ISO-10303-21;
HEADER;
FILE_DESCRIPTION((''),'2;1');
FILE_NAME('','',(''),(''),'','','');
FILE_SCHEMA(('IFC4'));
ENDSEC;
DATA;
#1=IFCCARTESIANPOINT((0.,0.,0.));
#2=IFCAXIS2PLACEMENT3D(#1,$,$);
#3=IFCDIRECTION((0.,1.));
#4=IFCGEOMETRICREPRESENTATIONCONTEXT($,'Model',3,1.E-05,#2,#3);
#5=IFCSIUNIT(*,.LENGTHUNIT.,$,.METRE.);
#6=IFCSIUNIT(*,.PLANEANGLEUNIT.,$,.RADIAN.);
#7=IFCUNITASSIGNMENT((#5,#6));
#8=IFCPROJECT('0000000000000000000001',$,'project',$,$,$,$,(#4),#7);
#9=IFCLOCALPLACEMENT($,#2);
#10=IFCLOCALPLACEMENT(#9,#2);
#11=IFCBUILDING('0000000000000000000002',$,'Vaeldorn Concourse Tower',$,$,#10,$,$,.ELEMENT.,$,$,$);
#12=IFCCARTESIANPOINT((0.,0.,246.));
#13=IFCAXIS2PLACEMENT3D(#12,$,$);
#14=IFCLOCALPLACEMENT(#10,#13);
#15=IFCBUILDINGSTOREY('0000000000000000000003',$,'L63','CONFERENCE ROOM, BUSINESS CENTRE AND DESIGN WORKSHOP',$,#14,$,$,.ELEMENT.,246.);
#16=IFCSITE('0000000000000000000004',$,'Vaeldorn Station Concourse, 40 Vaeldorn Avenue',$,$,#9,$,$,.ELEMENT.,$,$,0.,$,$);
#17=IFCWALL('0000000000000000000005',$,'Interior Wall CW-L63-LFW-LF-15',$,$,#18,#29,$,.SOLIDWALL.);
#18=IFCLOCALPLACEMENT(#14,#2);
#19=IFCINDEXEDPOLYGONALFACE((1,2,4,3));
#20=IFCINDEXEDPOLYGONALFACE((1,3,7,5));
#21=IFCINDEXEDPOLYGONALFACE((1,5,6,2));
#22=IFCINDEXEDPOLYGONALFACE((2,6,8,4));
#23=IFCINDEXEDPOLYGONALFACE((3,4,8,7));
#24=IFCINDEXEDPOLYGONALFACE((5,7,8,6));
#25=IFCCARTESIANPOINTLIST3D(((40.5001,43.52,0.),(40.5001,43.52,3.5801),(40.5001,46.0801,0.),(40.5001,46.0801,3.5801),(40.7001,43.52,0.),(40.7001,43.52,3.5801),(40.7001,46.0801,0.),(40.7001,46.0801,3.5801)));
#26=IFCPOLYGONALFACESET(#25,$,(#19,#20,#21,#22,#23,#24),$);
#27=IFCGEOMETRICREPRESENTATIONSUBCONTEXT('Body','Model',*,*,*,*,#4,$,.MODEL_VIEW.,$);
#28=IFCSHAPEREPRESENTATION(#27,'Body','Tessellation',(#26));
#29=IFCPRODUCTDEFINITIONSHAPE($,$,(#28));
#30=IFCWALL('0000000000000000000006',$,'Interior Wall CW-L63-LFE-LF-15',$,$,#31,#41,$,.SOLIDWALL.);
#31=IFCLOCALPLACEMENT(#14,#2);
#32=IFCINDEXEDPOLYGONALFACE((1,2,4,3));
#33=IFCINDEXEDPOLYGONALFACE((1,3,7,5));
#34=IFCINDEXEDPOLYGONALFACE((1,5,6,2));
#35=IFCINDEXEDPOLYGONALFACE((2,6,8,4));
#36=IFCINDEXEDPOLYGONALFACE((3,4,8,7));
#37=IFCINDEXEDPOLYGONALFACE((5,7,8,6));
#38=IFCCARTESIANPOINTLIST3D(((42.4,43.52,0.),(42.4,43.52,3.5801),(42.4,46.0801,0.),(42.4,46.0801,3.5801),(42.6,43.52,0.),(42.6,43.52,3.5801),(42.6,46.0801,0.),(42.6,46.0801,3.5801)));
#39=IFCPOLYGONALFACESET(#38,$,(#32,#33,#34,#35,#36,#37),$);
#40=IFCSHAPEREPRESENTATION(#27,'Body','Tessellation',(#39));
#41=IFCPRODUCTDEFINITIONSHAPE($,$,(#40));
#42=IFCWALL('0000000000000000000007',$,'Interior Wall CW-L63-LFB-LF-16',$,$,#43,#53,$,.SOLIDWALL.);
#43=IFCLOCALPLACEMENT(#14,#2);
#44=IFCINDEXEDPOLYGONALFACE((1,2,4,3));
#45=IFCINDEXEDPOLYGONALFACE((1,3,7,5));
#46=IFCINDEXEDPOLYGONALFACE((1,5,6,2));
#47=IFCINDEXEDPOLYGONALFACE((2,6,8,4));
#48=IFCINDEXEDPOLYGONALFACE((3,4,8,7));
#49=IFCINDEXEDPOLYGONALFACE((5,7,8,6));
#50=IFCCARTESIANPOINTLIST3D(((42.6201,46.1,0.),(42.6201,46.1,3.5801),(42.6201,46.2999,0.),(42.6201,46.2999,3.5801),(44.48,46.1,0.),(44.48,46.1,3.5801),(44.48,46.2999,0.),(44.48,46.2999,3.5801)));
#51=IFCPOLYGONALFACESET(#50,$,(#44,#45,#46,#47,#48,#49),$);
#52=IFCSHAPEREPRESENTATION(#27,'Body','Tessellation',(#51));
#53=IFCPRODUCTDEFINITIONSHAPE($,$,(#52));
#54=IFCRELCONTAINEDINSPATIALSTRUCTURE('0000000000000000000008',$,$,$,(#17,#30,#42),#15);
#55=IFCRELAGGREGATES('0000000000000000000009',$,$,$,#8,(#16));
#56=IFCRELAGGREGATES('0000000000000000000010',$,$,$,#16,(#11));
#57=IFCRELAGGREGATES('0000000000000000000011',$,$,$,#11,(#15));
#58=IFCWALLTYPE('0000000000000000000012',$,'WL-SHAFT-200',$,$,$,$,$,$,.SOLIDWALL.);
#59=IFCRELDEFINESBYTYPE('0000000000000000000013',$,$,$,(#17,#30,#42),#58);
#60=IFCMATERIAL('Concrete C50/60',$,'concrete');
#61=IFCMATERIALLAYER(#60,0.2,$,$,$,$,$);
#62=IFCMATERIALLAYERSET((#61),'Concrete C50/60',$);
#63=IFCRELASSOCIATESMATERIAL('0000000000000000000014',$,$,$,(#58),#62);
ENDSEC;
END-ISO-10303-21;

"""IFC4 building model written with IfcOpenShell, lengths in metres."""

from ifc_helpers import new_model, si_unit, direction, frame, frame_2d, origin, place, context, subcontext, project, spatial, rectangle, extrude, material, layer, layer_set, type_object, element, save


model = new_model("IFC4")

# Units and contexts
model_context = context("Model", 3, precision=1e-05, world=origin(), true_north=direction((0.0, 1.0)))
body_context = subcontext(model_context, "Body", "Model", "MODEL_VIEW")
ifc_project = project(units=[si_unit("LENGTHUNIT", "METRE"), si_unit("PLANEANGLEUNIT", "RADIAN")], contexts=[model_context])

# Site, building, storey
site_placement = place(None, origin())
site = spatial("IfcSite", under=ifc_project, at=site_placement, Name="Vaeldorn Station Concourse, 40 Vaeldorn Avenue", CompositionType="ELEMENT", RefElevation=0.0)
building_placement = place(site_placement, origin())
building = spatial("IfcBuilding", under=site, at=building_placement, Name="Vaeldorn Concourse Tower", CompositionType="ELEMENT")
storey_placement = place(building_placement, frame((0.0, 0.0, 246.0)))
storey = spatial("IfcBuildingStorey", under=building, at=storey_placement, Name="L63", Description="CONFERENCE ROOM, BUSINESS CENTRE AND DESIGN WORKSHOP", CompositionType="ELEMENT", Elevation=246.0)

# Shared definitions
ifc_material_1 = material(Name="Concrete C50/60", Category="concrete")

# Shared definitions
ifc_layer_1 = layer(ifc_material_1, 0.2)
ifc_layer_set_1 = layer_set([ifc_layer_1], Name="Concrete C50/60")
wall_type_1 = type_object("IfcWallType", Name="WL-SHAFT-200", PredefinedType="SOLIDWALL", material=ifc_layer_set_1)

# Walls
for number, where, z_axis, x_axis, name in (
    (1, (40.6001, 43.52, 0.0), (0.0, 0.0, 1.0), (0.0, 1.0, 0.0), "Interior Wall CW-L63-LFW-LF-15"),
    (2, (42.5, 43.52, 0.0), (0.0, 0.0, 1.0), (0.0, 1.0, 0.0), "Interior Wall CW-L63-LFE-LF-15"),
):
    element("IfcWall", number, at=place(storey_placement, frame(where, z_axis=z_axis, x_axis=x_axis)), inside=storey, type_object=wall_type_1, Name=name, PredefinedType="SOLIDWALL", context=body_context, shape_type="SweptSolid", body=[
        extrude(rectangle(XDim=2.5601, YDim=0.2, at=frame_2d((1.28, 0.0))), origin(), (0.0, 0.0, 1.0), 3.5801),
    ])

# Wall
wall_1_placement = place(storey_placement, frame((42.6201, 46.2, 0.0), z_axis=(0.0, 0.0, 1.0), x_axis=(1.0, 0.0, 0.0)))
element("IfcWall", 3, at=wall_1_placement, inside=storey, type_object=wall_type_1, Name="Interior Wall CW-L63-LFB-LF-16", PredefinedType="SOLIDWALL", context=body_context, shape_type="SweptSolid", body=[
    extrude(rectangle(XDim=1.8599, YDim=0.2, at=frame_2d((0.9299, 0.0))), origin(), (0.0, 0.0, 1.0), 3.5801),
])

save(model, "model.ifc")
